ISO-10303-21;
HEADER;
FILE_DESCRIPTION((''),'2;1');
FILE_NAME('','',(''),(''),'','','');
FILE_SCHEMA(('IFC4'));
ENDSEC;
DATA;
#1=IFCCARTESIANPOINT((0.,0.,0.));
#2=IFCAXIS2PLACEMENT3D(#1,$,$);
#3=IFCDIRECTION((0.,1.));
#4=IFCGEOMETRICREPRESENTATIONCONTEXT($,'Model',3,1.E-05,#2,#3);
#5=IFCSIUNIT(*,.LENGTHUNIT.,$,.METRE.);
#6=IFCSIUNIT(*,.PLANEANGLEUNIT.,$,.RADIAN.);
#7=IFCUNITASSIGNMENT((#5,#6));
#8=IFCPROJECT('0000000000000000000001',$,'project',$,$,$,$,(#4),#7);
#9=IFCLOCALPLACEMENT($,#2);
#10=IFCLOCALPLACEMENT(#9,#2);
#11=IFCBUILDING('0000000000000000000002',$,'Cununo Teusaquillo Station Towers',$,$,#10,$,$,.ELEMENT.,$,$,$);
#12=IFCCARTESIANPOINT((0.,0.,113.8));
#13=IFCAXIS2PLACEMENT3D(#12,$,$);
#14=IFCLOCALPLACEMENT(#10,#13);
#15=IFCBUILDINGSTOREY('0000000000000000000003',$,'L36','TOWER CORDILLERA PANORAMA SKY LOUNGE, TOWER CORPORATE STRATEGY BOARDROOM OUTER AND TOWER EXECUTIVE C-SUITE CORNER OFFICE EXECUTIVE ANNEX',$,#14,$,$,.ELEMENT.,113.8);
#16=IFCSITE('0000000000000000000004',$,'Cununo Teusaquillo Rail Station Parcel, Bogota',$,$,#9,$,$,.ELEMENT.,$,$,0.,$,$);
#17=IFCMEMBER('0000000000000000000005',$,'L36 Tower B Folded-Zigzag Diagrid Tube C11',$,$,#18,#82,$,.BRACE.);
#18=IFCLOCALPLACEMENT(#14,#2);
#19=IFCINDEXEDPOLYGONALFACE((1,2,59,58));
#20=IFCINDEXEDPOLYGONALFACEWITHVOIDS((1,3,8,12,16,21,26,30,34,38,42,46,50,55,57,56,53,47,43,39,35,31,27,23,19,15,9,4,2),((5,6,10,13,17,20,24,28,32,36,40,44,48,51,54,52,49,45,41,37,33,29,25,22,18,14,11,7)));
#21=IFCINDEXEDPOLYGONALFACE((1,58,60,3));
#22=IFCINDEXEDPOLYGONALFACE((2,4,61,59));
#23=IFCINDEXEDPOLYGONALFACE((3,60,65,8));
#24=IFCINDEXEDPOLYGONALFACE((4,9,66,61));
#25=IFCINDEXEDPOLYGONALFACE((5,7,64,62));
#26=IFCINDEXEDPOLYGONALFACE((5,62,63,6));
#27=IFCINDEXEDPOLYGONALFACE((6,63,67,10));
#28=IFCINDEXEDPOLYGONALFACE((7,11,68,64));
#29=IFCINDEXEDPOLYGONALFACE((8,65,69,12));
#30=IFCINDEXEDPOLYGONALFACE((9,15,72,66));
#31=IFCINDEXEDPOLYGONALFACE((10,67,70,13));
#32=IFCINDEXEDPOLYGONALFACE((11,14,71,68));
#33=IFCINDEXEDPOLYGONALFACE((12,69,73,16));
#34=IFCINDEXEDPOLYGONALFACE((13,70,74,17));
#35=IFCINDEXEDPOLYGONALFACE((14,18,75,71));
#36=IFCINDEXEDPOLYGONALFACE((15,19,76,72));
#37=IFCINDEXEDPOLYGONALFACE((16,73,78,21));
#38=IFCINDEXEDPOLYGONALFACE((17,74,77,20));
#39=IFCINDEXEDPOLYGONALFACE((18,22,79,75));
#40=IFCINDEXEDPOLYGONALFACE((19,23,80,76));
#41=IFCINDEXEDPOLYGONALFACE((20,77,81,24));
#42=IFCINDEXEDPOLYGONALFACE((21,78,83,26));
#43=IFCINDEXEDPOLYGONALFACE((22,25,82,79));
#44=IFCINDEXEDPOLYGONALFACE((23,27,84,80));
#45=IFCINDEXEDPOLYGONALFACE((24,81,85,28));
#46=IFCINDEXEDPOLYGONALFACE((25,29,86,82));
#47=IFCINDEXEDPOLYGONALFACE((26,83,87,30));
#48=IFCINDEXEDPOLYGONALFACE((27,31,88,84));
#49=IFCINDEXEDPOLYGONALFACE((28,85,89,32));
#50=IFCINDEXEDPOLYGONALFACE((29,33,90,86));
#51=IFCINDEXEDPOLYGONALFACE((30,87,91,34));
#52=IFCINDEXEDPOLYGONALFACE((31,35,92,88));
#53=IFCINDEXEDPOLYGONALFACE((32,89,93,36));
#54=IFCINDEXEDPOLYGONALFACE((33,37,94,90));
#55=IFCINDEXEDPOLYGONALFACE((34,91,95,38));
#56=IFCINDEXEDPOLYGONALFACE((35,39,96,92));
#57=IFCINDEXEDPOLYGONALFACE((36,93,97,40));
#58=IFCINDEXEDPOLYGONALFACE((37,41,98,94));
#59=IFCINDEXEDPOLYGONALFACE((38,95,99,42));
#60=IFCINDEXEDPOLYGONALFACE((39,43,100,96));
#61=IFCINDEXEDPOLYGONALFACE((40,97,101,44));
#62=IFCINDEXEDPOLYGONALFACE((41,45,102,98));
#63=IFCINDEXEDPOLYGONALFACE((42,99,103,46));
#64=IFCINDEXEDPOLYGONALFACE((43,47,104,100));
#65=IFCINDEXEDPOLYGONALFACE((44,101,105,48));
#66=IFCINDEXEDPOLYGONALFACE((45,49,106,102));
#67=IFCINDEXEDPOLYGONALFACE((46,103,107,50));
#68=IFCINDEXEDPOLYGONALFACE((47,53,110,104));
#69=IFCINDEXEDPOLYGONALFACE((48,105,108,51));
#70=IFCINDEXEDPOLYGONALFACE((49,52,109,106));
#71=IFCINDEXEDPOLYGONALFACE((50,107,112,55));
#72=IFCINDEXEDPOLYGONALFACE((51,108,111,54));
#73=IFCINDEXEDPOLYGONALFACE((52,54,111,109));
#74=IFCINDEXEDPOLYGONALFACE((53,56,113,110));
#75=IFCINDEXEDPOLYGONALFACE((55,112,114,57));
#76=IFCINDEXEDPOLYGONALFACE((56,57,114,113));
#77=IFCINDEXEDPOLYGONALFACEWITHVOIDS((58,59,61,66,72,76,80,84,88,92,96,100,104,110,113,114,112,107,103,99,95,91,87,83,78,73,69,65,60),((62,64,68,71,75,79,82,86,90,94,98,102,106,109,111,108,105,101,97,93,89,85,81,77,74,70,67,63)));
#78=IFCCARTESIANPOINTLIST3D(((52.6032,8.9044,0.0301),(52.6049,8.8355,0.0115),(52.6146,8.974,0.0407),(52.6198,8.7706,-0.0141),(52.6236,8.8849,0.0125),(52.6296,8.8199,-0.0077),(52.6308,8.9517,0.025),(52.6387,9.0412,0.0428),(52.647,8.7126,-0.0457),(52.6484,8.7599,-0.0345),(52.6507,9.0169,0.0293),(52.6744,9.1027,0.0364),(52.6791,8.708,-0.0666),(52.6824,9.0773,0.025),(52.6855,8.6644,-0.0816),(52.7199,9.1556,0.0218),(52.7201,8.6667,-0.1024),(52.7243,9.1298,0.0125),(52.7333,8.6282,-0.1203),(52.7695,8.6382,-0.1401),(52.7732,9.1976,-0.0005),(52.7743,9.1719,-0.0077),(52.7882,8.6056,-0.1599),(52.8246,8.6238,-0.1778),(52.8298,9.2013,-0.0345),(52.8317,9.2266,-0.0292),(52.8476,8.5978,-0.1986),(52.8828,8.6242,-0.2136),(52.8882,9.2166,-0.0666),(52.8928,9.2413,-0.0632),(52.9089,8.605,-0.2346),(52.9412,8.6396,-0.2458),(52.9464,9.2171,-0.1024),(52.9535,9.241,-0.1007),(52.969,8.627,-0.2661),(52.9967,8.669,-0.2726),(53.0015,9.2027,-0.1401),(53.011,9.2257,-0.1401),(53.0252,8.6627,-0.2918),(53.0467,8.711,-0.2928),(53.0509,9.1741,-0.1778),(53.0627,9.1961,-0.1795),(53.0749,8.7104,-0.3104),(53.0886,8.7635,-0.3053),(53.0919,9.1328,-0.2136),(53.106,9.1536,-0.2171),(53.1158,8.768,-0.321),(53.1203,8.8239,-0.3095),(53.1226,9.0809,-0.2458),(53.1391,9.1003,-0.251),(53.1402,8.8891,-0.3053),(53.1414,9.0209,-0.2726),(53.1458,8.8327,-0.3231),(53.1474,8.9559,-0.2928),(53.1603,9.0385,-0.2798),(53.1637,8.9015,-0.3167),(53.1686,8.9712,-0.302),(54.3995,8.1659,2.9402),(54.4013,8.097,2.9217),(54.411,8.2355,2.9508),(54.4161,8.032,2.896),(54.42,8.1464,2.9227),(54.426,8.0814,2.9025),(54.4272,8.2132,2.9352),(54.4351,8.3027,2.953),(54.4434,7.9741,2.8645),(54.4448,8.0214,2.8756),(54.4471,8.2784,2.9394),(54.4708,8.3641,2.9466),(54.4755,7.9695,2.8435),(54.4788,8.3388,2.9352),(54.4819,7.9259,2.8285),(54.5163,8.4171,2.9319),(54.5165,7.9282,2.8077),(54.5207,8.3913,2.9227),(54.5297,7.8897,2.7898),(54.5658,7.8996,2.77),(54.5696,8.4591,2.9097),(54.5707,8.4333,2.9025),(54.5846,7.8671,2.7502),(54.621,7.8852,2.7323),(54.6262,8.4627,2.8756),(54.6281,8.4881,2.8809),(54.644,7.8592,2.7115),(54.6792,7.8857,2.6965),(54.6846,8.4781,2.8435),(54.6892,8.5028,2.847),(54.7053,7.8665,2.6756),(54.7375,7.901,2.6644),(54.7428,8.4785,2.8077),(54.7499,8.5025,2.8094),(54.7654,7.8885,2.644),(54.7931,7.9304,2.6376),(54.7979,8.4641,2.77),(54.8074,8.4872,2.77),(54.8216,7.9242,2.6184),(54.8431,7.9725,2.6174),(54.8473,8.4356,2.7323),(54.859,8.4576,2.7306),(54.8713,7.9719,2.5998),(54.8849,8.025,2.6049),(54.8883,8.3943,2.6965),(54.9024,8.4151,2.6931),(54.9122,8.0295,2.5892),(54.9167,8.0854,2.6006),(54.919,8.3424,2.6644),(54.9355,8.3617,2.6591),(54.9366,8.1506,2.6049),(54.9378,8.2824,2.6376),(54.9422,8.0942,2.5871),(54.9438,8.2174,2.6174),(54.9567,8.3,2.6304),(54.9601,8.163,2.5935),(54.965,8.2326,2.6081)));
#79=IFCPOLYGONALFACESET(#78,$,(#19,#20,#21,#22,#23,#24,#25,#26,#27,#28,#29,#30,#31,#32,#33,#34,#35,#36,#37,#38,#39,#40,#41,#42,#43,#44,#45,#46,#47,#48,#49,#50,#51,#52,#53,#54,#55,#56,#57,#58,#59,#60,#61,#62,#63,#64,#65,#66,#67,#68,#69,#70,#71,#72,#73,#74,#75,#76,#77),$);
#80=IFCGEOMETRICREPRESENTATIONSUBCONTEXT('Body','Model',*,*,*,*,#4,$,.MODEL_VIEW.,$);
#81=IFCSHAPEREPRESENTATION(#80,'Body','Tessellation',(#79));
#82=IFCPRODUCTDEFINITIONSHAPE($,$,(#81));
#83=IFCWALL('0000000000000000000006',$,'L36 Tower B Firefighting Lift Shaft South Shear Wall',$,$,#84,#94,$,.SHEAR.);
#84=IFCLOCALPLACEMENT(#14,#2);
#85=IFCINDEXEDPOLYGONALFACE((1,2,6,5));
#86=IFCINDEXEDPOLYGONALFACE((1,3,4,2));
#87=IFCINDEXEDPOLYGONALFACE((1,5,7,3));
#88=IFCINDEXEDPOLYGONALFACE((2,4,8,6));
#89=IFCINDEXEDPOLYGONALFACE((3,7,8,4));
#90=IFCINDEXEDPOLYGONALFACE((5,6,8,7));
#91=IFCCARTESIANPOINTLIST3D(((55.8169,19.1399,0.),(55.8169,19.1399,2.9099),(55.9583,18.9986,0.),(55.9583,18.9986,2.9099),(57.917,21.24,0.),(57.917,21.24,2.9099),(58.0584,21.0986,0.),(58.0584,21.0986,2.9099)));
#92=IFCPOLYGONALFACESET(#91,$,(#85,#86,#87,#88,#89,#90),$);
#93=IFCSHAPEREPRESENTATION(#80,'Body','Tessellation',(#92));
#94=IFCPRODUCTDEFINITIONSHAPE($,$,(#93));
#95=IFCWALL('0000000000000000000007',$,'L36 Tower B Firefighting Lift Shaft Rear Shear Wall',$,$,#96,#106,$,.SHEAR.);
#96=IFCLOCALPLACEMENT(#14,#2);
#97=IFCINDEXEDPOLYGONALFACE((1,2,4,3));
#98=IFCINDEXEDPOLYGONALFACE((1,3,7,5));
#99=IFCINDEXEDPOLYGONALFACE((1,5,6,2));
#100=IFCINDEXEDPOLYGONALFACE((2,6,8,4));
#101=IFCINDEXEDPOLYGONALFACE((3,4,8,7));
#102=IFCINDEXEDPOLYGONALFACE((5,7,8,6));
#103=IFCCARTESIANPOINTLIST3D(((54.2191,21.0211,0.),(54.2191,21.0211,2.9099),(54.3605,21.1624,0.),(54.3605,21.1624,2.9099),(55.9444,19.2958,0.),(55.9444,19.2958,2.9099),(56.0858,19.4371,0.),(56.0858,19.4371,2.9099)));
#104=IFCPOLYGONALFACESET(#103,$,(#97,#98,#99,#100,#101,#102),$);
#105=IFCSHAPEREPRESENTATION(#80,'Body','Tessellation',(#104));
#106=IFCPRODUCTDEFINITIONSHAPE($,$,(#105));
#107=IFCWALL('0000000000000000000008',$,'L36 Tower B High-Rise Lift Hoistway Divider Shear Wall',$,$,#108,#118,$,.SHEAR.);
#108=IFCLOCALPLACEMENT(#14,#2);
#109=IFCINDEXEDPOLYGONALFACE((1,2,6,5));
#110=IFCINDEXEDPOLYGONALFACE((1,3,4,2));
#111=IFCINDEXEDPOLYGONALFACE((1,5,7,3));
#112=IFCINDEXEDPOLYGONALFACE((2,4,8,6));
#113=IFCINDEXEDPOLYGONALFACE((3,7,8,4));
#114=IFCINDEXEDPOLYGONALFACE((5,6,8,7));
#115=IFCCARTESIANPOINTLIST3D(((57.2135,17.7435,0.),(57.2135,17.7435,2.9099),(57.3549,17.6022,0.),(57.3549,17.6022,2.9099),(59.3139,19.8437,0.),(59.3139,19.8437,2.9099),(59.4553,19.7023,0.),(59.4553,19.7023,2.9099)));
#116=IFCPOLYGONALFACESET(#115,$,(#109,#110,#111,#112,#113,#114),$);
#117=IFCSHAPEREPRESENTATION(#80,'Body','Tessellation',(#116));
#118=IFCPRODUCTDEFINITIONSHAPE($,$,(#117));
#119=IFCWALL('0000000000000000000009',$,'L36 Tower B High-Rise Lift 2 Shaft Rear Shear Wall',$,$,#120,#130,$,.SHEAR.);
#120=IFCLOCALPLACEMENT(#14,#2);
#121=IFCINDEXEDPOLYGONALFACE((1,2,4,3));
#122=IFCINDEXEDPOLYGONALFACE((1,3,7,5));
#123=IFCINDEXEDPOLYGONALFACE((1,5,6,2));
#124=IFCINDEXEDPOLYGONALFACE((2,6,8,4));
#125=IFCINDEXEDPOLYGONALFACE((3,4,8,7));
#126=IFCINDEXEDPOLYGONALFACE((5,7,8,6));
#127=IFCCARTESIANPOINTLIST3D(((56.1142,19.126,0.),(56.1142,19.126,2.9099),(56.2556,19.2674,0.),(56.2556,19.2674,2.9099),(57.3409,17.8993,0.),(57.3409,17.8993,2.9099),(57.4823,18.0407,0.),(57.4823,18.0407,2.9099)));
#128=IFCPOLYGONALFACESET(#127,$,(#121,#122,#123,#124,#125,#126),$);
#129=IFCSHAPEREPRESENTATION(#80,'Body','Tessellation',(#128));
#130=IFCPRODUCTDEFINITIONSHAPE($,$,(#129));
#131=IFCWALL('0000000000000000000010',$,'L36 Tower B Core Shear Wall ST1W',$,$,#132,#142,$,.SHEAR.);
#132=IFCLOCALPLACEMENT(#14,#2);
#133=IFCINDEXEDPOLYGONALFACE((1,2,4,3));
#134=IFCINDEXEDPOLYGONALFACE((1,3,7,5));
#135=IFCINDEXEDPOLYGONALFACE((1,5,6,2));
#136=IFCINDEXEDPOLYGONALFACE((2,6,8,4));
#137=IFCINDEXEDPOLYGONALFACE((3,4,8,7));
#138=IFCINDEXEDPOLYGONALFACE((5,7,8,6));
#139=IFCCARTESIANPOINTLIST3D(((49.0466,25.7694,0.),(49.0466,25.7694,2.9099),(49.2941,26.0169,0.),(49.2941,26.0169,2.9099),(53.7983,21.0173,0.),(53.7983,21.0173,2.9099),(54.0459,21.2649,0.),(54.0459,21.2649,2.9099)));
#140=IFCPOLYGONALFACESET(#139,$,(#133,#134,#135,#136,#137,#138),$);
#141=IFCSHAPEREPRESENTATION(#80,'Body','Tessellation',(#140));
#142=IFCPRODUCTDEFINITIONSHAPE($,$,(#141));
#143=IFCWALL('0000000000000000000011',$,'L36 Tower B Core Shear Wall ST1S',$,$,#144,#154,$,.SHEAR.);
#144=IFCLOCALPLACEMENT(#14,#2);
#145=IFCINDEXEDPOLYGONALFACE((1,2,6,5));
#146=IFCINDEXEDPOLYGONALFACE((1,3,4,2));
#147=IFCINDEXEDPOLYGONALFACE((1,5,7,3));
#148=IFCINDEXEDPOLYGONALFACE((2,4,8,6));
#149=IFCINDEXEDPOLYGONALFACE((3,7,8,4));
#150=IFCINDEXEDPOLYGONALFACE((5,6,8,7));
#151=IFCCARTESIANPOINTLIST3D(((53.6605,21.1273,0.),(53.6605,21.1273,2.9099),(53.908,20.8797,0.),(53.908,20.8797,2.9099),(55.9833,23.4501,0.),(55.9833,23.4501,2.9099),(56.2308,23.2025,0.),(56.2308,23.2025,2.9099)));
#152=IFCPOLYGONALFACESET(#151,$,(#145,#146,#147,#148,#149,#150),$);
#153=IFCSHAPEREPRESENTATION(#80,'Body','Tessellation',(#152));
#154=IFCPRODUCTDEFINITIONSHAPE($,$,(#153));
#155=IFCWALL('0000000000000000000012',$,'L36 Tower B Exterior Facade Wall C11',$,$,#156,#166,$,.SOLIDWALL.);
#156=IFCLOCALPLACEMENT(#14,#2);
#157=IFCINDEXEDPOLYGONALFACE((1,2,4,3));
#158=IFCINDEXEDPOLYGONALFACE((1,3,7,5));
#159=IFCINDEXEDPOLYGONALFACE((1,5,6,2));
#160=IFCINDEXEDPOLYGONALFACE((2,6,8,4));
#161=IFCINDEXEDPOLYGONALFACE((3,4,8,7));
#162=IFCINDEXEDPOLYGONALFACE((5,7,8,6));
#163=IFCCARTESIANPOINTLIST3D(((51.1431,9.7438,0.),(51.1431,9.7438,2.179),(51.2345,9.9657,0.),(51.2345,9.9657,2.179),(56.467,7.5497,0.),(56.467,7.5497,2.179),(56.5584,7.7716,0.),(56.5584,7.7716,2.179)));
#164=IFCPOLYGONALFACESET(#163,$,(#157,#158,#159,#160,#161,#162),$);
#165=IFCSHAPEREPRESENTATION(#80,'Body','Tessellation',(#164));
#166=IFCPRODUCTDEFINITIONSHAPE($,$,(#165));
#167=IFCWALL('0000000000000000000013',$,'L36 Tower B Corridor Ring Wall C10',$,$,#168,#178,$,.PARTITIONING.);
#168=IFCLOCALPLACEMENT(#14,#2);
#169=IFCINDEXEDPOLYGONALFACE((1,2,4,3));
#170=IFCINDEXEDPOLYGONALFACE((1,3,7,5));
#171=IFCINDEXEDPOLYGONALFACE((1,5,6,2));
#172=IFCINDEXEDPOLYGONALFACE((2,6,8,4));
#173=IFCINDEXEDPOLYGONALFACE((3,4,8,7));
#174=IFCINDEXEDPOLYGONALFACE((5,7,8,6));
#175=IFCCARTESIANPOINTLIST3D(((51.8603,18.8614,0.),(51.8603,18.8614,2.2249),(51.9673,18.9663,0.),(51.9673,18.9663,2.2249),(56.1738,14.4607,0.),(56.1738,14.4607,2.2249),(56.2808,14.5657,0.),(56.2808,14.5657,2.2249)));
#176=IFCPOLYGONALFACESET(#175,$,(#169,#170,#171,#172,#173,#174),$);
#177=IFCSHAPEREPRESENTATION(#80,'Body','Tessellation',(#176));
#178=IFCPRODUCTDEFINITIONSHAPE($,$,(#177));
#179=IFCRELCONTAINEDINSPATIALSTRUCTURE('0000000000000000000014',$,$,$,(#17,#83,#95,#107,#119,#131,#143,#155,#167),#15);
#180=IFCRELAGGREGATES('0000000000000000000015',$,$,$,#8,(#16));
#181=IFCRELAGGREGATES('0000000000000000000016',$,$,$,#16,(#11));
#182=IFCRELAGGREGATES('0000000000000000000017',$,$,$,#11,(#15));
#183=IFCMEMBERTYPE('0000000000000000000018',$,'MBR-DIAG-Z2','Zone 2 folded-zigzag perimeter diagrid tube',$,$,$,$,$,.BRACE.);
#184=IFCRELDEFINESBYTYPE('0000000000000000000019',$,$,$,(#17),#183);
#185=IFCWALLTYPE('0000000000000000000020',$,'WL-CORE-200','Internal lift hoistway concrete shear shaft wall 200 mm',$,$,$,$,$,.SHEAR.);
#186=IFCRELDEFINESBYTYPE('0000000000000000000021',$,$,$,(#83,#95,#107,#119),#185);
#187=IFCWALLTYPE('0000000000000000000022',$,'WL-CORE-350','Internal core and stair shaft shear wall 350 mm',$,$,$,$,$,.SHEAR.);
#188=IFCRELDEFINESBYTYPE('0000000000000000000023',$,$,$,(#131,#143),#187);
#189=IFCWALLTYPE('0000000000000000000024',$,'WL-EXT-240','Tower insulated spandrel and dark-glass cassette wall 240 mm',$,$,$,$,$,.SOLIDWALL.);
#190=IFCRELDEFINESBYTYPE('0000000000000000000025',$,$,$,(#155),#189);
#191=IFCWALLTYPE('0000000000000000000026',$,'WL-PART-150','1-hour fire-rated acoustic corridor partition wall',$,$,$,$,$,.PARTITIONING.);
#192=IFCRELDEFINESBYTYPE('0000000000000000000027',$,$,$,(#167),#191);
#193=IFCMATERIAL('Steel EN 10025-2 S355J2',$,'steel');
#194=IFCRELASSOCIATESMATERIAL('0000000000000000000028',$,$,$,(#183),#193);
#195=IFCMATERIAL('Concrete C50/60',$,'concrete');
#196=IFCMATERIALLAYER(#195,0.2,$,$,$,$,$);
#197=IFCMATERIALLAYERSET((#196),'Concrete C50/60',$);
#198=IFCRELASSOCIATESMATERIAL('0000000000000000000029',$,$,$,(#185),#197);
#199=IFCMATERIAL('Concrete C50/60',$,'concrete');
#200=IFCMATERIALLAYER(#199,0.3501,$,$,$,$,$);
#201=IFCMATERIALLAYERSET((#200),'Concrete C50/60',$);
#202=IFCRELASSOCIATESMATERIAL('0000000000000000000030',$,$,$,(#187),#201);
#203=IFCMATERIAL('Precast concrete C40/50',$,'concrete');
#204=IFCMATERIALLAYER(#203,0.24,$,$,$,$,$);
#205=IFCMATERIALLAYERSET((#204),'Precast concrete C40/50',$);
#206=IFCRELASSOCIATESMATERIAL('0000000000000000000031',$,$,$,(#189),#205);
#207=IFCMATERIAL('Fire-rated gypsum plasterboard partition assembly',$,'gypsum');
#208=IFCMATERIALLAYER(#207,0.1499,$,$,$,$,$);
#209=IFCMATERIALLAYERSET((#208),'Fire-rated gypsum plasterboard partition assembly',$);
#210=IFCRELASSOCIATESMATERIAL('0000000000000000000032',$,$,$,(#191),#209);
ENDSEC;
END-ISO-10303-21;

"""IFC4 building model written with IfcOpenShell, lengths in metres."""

from ifc_helpers import new_model, si_unit, direction, frame, frame_2d, origin, origin_2d, place, context, subcontext, project, spatial, rectangle, hollow_circle, extrude, material, layer, layer_set, material_profile, profile_set, type_object, element, save


model = new_model("IFC4")

# Units and contexts
model_context = context("Model", 3, precision=1e-05, world=origin(), true_north=direction((0.0, 1.0)))
body_context = subcontext(model_context, "Body", "Model", "MODEL_VIEW")
ifc_project = project(units=[si_unit("LENGTHUNIT", "METRE"), si_unit("PLANEANGLEUNIT", "RADIAN")], contexts=[model_context])

# Site, building, storey
site_placement = place(None, origin())
site = spatial("IfcSite", under=ifc_project, at=site_placement, Name="Cununo Teusaquillo Rail Station Parcel, Bogota", CompositionType="ELEMENT", RefElevation=0.0)
building_placement = place(site_placement, origin())
building = spatial("IfcBuilding", under=site, at=building_placement, Name="Cununo Teusaquillo Station Towers", CompositionType="ELEMENT")
storey_placement = place(building_placement, frame((0.0, 0.0, 113.8)))
storey = spatial("IfcBuildingStorey", under=building, at=storey_placement, Name="L36", Description="TOWER CORDILLERA PANORAMA SKY LOUNGE, TOWER CORPORATE STRATEGY BOARDROOM OUTER AND TOWER EXECUTIVE C-SUITE CORNER OFFICE EXECUTIVE ANNEX", CompositionType="ELEMENT", Elevation=113.8)

# Member
ifc_material_1 = material(Name="Steel EN 10025-2 S355J2", Category="steel")
ifc_material_profile_1 = material_profile(ifc_material_1, hollow_circle(Radius=0.3301, WallThickness=0.0249, at=origin_2d()), Name="CHS 660x25")
ifc_profile_set_1 = profile_set([ifc_material_profile_1], Name="Steel EN 10025-2 S355J2")
member_type = type_object("IfcMemberType", Name="MBR-DIAG-Z2", Description="Zone 2 folded-zigzag perimeter diagrid tube", PredefinedType="BRACE", material=ifc_profile_set_1)
member_placement = place(storey_placement, frame((52.8855, 8.9204, -0.1401), z_axis=(0.513433, -0.211081, 0.831764), x_axis=(0.380238, 0.924889, 0.0)))
element("IfcMember", 1, at=member_placement, inside=storey, type_object=member_type, Name="L36 Tower B Folded-Zigzag Diagrid Tube C11", PredefinedType="BRACE", context=body_context, shape_type="SweptSolid", body=[
    extrude(hollow_circle(Radius=0.3301, WallThickness=0.0249, at=origin_2d()), origin(), (0.0, 0.0, 1.0), 3.4988),
])

# Walls
ifc_material_2 = material(Name="Concrete C50/60", Category="concrete")
ifc_layer_1 = layer(ifc_material_2, 0.2)
ifc_layer_set_1 = layer_set([ifc_layer_1], Name="Concrete C50/60")
wall_type_1 = type_object("IfcWallType", Name="WL-CORE-200", Description="Internal lift hoistway concrete shear shaft wall 200 mm", PredefinedType="SHEAR", material=ifc_layer_set_1)
wall_1_placement = place(storey_placement, frame((55.8877, 19.0693, 0.0), z_axis=(0.0, 0.0, 1.0), x_axis=(0.707107, 0.707107, 0.0)))
element("IfcWall", 2, at=wall_1_placement, inside=storey, type_object=wall_type_1, Name="L36 Tower B Firefighting Lift Shaft South Shear Wall", PredefinedType="SHEAR", context=body_context, shape_type="SweptSolid", body=[
    extrude(rectangle(XDim=2.97, YDim=0.2, at=frame_2d((1.4849, 0.0))), origin(), (0.0, 0.0, 1.0), 2.9099),
])
wall_2_placement = place(storey_placement, frame((56.0151, 19.3665, 0.0), z_axis=(0.0, 0.0, 1.0), x_axis=(-0.707107, 0.707107, 0.0)))
element("IfcWall", 3, at=wall_2_placement, inside=storey, type_object=wall_type_1, Name="L36 Tower B Firefighting Lift Shaft Rear Shear Wall", PredefinedType="SHEAR", context=body_context, shape_type="SweptSolid", body=[
    extrude(rectangle(XDim=2.4399, YDim=0.2, at=frame_2d((1.22, 0.0))), origin(), (0.0, 0.0, 1.0), 2.9099),
])
wall_3_placement = place(storey_placement, frame((57.2842, 17.6729, 0.0), z_axis=(0.0, 0.0, 1.0), x_axis=(0.707148, 0.707066, 0.0)))
element("IfcWall", 4, at=wall_3_placement, inside=storey, type_object=wall_type_1, Name="L36 Tower B High-Rise Lift Hoistway Divider Shear Wall", PredefinedType="SHEAR", context=body_context, shape_type="SweptSolid", body=[
    extrude(rectangle(XDim=2.9702, YDim=0.2, at=frame_2d((1.4851, 0.0))), origin(), (0.0, 0.0, 1.0), 2.9099),
])
wall_4_placement = place(storey_placement, frame((57.4116, 17.97, 0.0), z_axis=(0.0, 0.0, 1.0), x_axis=(-0.707107, 0.707107, 0.0)))
element("IfcWall", 5, at=wall_4_placement, inside=storey, type_object=wall_type_1, Name="L36 Tower B High-Rise Lift 2 Shaft Rear Shear Wall", PredefinedType="SHEAR", context=body_context, shape_type="SweptSolid", body=[
    extrude(rectangle(XDim=1.7349, YDim=0.2, at=frame_2d((0.8674, 0.0))), origin(), (0.0, 0.0, 1.0), 2.9099),
])
ifc_material_3 = material(Name="Concrete C50/60", Category="concrete")
ifc_layer_2 = layer(ifc_material_3, 0.3501)
ifc_layer_set_2 = layer_set([ifc_layer_2], Name="Concrete C50/60")
wall_type_2 = type_object("IfcWallType", Name="WL-CORE-350", Description="Internal core and stair shaft shear wall 350 mm", PredefinedType="SHEAR", material=ifc_layer_set_2)
wall_5_placement = place(storey_placement, frame((53.9221, 21.1411, 0.0), z_axis=(0.0, 0.0, 1.0), x_axis=(-0.707089, 0.707125, 0.0)))
element("IfcWall", 6, at=wall_5_placement, inside=storey, type_object=wall_type_2, Name="L36 Tower B Core Shear Wall ST1W", PredefinedType="SHEAR", context=body_context, shape_type="SweptSolid", body=[
    extrude(rectangle(XDim=6.7202, YDim=0.3501, at=frame_2d((3.3601, 0.0))), origin(), (0.0, 0.0, 1.0), 2.9099),
])
wall_6_placement = place(storey_placement, frame((53.7842, 21.0034, 0.0), z_axis=(0.0, 0.0, 1.0), x_axis=(0.707107, 0.707107, 0.0)))
element("IfcWall", 7, at=wall_6_placement, inside=storey, type_object=wall_type_2, Name="L36 Tower B Core Shear Wall ST1S", PredefinedType="SHEAR", context=body_context, shape_type="SweptSolid", body=[
    extrude(rectangle(XDim=3.2849, YDim=0.3501, at=frame_2d((1.6426, 0.0))), origin(), (0.0, 0.0, 1.0), 2.9099),
])
ifc_material_4 = material(Name="Precast concrete C40/50", Category="concrete")
ifc_layer_3 = layer(ifc_material_4, 0.24)
ifc_layer_set_3 = layer_set([ifc_layer_3], Name="Precast concrete C40/50")
wall_type_3 = type_object("IfcWallType", Name="WL-EXT-240", Description="Tower insulated spandrel and dark-glass cassette wall 240 mm", PredefinedType="SOLIDWALL", material=ifc_layer_set_3)
wall_7_placement = place(storey_placement, frame((56.5127, 7.6606, 0.0), z_axis=(0.0, 0.0, 1.0), x_axis=(-0.924564, 0.381027, 0.0)))
element("IfcWall", 8, at=wall_7_placement, inside=storey, type_object=wall_type_3, Name="L36 Tower B Exterior Facade Wall C11", PredefinedType="SOLIDWALL", context=body_context, shape_type="SweptSolid", body=[
    extrude(rectangle(XDim=5.7583, YDim=0.24, at=frame_2d((2.8792, 0.0))), origin(), (0.0, 0.0, 1.0), 2.179),
])
ifc_material_5 = material(Name="Fire-rated gypsum plasterboard partition assembly", Category="gypsum")
ifc_layer_4 = layer(ifc_material_5, 0.1499)
ifc_layer_set_4 = layer_set([ifc_layer_4], Name="Fire-rated gypsum plasterboard partition assembly")
wall_type_4 = type_object("IfcWallType", Name="WL-PART-150", Description="1-hour fire-rated acoustic corridor partition wall", PredefinedType="PARTITIONING", material=ifc_layer_set_4)
wall_8_placement = place(storey_placement, frame((51.9138, 18.9138, 0.0), z_axis=(0.0, 0.0, 1.0), x_axis=(0.699999, -0.714144, 0.0)))
element("IfcWall", 9, at=wall_8_placement, inside=storey, type_object=wall_type_4, Name="L36 Tower B Corridor Ring Wall C10", PredefinedType="PARTITIONING", context=body_context, shape_type="SweptSolid", body=[
    extrude(rectangle(XDim=6.1621, YDim=0.1499, at=frame_2d((3.0811, 0.0))), origin(), (0.0, 0.0, 1.0), 2.2249),
])

save(model, "model.ifc")
